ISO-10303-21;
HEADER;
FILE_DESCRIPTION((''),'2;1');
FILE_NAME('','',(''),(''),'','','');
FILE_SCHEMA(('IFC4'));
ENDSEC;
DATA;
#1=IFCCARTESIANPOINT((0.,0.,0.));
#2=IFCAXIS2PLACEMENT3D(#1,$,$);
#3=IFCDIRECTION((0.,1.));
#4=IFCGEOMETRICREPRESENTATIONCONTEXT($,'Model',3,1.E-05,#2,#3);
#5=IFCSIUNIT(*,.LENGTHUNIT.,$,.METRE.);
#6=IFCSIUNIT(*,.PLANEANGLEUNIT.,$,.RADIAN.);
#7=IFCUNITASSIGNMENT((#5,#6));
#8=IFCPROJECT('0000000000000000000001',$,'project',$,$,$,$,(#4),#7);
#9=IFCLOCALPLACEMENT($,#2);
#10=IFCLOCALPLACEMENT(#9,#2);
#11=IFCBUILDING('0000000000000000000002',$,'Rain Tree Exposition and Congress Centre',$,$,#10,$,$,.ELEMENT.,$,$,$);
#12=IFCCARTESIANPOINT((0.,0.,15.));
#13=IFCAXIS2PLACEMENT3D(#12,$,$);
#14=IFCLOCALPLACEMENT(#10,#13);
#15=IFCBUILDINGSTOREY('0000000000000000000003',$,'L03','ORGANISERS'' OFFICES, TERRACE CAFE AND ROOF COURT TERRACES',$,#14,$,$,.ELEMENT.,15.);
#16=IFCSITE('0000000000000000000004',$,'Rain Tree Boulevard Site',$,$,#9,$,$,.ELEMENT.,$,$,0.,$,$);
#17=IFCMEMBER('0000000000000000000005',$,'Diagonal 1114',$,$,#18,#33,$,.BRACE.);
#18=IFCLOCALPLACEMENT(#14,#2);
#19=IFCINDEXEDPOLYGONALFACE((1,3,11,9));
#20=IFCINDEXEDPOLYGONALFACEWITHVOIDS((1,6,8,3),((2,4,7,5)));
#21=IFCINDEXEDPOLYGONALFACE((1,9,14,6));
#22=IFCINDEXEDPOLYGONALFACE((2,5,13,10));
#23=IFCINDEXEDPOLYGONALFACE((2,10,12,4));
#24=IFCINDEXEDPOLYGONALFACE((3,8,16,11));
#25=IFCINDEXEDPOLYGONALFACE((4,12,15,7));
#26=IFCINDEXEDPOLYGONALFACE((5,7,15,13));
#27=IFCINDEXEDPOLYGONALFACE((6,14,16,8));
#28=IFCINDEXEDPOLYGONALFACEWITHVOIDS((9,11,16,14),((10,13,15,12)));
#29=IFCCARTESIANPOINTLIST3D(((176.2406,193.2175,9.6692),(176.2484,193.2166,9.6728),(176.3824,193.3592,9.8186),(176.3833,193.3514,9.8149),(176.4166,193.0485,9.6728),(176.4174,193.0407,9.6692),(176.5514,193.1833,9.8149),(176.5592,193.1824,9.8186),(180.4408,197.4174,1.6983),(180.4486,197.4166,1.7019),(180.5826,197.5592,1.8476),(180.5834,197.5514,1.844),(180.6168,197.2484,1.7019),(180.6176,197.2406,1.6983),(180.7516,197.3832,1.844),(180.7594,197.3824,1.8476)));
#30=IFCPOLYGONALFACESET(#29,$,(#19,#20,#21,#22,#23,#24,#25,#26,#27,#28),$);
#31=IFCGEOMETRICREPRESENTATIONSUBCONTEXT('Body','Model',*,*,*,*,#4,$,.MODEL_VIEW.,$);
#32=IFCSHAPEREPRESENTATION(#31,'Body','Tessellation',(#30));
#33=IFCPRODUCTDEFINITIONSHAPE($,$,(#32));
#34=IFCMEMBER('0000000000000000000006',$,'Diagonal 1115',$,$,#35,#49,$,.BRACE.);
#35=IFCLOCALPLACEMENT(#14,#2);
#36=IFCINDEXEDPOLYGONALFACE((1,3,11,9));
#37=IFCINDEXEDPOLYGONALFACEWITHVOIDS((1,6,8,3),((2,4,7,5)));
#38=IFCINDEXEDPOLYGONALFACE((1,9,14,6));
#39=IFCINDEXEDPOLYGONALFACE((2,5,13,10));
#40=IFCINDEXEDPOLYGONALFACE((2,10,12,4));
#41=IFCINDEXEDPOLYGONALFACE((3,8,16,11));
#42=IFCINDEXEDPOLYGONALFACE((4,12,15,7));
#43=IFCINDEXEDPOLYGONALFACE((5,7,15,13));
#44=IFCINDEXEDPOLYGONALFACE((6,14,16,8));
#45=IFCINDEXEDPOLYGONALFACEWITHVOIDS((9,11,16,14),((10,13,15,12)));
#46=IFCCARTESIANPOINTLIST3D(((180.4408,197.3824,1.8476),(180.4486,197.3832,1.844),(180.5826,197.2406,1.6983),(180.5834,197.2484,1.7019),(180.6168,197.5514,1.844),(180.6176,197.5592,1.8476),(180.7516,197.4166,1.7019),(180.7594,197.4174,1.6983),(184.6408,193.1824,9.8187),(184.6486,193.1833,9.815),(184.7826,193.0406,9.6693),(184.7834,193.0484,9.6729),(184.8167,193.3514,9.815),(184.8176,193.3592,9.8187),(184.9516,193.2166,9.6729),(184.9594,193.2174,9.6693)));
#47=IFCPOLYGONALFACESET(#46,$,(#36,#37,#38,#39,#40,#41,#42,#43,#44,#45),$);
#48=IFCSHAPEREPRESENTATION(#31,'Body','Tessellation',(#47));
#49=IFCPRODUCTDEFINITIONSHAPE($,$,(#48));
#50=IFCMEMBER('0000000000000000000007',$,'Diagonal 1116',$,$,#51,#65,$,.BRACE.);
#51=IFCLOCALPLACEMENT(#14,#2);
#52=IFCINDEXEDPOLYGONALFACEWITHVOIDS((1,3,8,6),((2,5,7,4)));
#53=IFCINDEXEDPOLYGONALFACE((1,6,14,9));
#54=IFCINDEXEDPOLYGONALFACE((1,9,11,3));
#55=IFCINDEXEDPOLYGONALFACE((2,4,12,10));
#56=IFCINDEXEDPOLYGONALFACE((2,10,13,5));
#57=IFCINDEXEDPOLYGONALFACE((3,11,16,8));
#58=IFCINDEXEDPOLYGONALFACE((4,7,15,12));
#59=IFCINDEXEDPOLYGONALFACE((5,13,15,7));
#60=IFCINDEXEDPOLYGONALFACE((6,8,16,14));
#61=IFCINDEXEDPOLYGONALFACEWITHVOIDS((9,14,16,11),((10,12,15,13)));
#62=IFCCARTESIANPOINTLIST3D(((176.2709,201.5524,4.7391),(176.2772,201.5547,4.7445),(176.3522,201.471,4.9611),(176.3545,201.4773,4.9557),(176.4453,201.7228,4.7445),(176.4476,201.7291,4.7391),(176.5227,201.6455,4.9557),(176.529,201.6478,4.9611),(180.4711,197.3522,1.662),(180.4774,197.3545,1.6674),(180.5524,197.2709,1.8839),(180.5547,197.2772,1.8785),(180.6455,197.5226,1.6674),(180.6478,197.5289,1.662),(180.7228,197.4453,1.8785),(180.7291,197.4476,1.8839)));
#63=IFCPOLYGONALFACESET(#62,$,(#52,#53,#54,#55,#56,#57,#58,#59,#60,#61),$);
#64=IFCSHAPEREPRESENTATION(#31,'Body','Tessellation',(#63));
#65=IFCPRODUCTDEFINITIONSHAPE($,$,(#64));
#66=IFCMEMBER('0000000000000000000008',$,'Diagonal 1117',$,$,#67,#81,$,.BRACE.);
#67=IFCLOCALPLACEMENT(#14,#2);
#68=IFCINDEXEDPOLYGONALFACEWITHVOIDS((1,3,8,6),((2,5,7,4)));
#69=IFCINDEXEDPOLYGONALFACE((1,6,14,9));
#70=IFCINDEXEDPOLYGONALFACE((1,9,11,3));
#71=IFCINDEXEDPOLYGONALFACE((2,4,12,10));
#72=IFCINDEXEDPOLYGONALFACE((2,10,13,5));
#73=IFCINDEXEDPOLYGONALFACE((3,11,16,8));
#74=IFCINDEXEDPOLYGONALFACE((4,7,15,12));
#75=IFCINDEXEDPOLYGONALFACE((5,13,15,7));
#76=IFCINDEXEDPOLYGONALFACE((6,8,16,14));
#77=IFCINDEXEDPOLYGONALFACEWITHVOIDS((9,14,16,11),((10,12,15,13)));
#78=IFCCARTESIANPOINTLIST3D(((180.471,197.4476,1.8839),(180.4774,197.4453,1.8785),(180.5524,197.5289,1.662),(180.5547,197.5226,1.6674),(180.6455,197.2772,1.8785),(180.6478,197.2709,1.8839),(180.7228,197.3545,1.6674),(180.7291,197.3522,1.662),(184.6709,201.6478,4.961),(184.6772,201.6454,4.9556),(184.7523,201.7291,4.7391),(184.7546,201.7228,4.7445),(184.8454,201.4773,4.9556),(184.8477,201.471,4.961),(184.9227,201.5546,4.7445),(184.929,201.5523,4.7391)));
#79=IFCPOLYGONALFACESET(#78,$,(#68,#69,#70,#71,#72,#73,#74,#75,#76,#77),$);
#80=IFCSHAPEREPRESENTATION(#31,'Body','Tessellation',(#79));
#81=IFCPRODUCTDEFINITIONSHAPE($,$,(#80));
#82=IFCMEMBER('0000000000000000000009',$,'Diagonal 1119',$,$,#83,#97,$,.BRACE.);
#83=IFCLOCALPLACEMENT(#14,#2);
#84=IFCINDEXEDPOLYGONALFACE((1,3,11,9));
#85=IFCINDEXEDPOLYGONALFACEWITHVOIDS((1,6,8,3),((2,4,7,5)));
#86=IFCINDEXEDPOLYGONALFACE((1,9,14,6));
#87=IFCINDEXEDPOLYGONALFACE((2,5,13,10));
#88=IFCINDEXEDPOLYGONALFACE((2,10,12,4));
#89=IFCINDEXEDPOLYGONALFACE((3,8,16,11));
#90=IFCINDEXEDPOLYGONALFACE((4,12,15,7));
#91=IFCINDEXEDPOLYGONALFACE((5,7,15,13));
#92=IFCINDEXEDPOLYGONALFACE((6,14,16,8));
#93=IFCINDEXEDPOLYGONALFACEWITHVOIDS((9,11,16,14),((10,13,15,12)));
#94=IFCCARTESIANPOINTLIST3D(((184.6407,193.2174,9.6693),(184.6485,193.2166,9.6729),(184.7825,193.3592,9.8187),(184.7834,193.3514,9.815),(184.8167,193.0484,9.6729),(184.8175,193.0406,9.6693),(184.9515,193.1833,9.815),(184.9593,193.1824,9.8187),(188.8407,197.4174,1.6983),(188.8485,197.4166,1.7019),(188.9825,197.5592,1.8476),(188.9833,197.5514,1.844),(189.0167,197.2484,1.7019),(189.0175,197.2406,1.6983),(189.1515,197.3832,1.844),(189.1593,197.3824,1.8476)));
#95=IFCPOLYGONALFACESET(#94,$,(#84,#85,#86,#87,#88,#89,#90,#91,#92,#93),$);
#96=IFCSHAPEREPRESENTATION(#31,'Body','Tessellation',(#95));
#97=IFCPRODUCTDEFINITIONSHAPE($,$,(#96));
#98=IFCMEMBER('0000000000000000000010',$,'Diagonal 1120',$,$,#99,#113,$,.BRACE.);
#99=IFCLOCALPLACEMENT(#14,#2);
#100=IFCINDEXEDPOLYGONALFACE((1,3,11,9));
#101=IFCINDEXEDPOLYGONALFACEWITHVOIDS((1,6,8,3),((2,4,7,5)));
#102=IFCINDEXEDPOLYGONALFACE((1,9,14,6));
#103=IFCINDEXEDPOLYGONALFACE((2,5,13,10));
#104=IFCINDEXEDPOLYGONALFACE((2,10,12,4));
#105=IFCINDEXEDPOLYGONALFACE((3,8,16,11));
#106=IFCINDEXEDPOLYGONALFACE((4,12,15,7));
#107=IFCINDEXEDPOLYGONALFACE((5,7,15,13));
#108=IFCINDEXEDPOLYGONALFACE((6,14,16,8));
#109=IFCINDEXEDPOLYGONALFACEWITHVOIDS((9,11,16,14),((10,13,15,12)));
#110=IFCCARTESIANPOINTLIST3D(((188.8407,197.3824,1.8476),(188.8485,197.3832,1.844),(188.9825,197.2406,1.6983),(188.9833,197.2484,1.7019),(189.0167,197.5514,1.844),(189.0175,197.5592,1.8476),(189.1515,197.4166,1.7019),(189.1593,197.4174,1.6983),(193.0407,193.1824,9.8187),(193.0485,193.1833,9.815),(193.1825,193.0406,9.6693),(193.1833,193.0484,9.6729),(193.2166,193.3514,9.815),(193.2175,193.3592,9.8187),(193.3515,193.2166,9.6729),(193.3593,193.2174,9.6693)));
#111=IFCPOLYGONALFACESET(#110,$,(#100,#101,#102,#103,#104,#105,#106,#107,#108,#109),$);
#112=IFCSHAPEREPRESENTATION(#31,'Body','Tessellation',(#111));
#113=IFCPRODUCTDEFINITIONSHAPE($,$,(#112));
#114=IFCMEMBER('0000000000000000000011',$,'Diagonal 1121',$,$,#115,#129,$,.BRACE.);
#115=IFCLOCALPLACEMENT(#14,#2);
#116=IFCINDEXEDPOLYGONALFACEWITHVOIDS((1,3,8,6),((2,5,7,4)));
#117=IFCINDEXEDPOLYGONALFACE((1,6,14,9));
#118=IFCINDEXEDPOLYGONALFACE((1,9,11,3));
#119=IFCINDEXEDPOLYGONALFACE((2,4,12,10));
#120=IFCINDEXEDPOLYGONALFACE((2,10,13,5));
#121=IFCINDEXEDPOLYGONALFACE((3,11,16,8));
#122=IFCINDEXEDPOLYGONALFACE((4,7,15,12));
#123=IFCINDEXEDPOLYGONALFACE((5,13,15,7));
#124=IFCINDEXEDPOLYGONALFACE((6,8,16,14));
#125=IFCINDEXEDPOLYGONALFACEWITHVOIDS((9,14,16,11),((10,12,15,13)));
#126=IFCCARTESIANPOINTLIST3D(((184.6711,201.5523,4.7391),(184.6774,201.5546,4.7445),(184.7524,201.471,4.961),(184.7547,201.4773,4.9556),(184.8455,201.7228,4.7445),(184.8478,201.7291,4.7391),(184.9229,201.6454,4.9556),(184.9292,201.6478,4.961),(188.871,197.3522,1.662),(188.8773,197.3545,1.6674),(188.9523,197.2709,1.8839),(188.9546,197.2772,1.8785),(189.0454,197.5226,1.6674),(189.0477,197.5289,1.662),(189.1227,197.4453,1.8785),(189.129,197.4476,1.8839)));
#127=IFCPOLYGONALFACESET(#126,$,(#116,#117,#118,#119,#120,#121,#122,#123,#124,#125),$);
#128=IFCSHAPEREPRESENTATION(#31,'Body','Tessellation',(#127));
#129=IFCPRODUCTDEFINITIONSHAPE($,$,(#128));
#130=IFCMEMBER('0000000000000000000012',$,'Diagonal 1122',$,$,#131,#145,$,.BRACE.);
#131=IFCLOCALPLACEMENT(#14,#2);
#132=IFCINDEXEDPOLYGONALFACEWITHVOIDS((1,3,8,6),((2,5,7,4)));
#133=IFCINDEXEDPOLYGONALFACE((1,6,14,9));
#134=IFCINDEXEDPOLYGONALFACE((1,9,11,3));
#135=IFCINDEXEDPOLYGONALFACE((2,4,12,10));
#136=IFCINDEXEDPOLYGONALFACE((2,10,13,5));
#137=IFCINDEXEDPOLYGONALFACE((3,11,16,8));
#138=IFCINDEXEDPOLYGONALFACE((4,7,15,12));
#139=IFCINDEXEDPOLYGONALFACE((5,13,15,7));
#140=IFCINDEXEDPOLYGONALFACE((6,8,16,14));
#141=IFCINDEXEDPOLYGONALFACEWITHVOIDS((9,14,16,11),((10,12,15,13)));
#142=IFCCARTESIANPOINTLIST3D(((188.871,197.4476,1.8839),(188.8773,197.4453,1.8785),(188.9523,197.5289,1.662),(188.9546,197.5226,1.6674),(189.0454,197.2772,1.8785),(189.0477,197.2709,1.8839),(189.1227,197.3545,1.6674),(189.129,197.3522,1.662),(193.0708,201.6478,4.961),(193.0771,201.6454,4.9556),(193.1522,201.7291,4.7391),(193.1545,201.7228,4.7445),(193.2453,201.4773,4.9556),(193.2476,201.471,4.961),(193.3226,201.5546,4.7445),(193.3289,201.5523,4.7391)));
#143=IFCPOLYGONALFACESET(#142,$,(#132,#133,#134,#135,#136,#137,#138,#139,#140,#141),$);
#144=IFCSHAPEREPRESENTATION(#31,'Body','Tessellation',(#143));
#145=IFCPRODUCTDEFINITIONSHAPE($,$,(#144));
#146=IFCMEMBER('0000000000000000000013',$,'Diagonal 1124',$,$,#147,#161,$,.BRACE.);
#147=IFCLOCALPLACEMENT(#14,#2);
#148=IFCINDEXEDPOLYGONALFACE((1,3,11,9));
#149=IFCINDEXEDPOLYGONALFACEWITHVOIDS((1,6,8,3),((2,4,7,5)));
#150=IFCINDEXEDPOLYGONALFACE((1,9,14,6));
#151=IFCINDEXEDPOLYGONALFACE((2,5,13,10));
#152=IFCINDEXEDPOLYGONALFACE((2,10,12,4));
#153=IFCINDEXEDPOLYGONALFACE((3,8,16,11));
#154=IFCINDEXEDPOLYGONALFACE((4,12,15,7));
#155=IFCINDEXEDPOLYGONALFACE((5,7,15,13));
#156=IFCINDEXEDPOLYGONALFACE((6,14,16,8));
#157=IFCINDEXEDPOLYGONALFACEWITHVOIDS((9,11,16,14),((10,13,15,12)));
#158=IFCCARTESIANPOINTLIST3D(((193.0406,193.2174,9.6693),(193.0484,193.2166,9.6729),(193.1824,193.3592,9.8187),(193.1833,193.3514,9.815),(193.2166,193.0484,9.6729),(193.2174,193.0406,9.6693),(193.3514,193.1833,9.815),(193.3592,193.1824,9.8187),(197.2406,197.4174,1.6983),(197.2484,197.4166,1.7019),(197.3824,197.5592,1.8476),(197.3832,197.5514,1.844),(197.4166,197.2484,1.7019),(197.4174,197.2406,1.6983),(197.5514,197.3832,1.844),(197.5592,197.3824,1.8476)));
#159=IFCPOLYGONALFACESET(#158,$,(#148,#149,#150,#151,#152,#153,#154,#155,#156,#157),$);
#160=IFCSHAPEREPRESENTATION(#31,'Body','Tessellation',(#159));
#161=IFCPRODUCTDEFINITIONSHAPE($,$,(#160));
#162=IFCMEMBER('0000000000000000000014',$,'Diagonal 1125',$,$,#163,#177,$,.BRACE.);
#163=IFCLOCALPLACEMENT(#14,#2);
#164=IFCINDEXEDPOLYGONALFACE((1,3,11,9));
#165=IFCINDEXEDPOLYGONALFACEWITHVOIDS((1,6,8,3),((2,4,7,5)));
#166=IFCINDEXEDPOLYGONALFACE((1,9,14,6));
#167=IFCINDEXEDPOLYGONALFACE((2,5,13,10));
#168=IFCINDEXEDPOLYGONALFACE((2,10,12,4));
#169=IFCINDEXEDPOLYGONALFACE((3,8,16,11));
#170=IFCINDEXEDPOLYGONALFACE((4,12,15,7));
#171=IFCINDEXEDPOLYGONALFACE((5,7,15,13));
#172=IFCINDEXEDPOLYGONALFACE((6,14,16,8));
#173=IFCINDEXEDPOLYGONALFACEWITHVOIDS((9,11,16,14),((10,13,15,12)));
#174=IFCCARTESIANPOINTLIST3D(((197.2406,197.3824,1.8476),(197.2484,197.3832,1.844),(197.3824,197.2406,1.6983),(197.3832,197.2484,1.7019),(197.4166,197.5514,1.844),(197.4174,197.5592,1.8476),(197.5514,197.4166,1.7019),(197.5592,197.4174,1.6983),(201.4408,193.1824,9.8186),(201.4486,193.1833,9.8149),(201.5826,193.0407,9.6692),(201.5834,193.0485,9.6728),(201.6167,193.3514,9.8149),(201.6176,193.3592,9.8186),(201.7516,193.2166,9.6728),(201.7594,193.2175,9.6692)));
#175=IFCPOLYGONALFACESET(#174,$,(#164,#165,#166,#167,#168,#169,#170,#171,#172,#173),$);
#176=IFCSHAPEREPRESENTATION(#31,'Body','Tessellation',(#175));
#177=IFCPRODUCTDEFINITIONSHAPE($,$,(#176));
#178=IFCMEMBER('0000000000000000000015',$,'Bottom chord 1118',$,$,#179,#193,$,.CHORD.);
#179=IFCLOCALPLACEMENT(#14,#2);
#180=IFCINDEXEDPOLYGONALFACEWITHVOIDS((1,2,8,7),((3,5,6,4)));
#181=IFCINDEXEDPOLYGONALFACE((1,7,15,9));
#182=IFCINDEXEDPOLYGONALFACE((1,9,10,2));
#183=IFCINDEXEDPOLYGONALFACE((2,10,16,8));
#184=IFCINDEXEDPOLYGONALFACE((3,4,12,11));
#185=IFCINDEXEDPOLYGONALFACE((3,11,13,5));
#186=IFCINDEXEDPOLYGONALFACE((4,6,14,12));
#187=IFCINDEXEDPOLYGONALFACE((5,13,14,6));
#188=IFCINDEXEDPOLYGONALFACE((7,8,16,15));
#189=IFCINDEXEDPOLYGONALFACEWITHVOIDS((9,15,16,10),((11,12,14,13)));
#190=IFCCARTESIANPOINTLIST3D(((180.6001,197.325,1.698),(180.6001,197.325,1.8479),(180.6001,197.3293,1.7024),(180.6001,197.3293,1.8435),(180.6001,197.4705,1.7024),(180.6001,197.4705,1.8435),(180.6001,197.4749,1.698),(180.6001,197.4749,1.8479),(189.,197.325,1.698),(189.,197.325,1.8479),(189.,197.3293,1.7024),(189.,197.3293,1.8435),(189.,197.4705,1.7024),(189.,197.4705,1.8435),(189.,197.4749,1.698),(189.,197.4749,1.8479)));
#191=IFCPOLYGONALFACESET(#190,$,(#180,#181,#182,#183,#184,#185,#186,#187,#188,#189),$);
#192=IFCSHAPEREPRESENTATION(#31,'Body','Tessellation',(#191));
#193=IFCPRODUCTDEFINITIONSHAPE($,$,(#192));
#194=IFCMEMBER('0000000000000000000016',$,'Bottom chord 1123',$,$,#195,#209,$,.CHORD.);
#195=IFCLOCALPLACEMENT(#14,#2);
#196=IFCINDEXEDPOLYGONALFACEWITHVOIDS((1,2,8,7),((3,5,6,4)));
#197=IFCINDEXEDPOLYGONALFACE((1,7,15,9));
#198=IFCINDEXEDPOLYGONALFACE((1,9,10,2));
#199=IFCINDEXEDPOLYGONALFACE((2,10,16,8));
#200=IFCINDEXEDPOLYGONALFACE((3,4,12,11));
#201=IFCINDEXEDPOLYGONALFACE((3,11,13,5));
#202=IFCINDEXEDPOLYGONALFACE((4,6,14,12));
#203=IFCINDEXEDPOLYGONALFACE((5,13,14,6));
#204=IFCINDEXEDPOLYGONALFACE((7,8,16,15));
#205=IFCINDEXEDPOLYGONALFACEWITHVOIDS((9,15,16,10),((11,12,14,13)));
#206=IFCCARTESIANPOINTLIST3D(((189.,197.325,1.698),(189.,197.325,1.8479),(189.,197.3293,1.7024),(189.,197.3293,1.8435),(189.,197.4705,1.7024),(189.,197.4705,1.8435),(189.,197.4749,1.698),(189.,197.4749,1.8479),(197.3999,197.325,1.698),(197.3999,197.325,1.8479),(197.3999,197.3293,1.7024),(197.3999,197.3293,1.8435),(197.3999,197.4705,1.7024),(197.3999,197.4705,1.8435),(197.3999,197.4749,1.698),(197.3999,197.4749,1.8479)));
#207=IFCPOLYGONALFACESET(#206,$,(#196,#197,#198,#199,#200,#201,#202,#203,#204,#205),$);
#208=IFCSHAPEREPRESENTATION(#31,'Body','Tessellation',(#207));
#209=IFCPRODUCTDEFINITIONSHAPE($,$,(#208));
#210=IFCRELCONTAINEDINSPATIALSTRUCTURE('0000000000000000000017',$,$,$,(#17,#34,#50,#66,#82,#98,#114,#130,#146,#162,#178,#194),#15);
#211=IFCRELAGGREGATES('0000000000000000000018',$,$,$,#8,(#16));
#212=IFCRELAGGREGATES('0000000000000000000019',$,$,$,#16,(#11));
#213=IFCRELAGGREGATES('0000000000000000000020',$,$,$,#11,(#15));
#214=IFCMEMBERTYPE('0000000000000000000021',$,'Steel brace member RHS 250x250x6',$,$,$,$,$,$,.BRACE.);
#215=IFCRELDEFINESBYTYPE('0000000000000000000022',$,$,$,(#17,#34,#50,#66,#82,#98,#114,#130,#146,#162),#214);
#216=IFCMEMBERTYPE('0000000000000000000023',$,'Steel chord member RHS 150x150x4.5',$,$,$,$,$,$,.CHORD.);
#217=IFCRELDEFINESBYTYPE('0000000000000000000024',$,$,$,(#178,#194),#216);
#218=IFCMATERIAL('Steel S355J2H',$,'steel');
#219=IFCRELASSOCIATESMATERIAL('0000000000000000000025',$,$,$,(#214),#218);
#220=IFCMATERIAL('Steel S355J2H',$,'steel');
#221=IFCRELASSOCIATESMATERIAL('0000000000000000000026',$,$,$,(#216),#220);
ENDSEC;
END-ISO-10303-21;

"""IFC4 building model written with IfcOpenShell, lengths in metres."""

from ifc_helpers import new_model, si_unit, direction, frame, origin, origin_2d, place, context, subcontext, project, spatial, hollow_rectangle, extrude, material, material_profile, profile_set, type_object, element, save


model = new_model("IFC4")

# Units and contexts
model_context = context("Model", 3, precision=1e-05, world=origin(), true_north=direction((0.0, 1.0)))
body_context = subcontext(model_context, "Body", "Model", "MODEL_VIEW")
ifc_project = project(units=[si_unit("LENGTHUNIT", "METRE"), si_unit("PLANEANGLEUNIT", "RADIAN")], contexts=[model_context])

# Site, building, storey
site_placement = place(None, origin())
site = spatial("IfcSite", under=ifc_project, at=site_placement, Name="Rain Tree Boulevard Site", CompositionType="ELEMENT", RefElevation=0.0)
building_placement = place(site_placement, origin())
building = spatial("IfcBuilding", under=site, at=building_placement, Name="Rain Tree Exposition and Congress Centre", CompositionType="ELEMENT")
storey_placement = place(building_placement, frame((0.0, 0.0, 15.0)))
storey = spatial("IfcBuildingStorey", under=building, at=storey_placement, Name="L03", Description="ORGANISERS' OFFICES, TERRACE CAFE AND ROOF COURT TERRACES", CompositionType="ELEMENT", Elevation=15.0)

# Members
ifc_material_1 = material(Name="Steel S355J2H", Category="steel")
ifc_material_profile_1 = material_profile(ifc_material_1, hollow_rectangle(XDim=0.25, YDim=0.25, WallThickness=0.0061, at=origin_2d()), Name="RHS 250x250x6")
ifc_profile_set_1 = profile_set([ifc_material_profile_1], Name="Steel S355J2H")
member_type_1 = type_object("IfcMemberType", Name="Steel brace member RHS 250x250x6", PredefinedType="BRACE", material=ifc_profile_set_1)
for number, where, z_axis, x_axis, name in (
    (1, (180.6001, 197.3999, 1.7729), (-0.422526, -0.422501, 0.801851), (0.707086, -0.707127, 0.0), "Diagonal 1114"),
    (2, (180.6001, 197.3999, 1.7729), (0.422506, -0.422506, 0.801859), (0.707107, 0.707107, 0.0), "Diagonal 1115"),
):
    element("IfcMember", number, at=place(storey_placement, frame(where, z_axis=z_axis, x_axis=x_axis)), inside=storey, type_object=member_type_1, Name=name, PredefinedType="BRACE", context=body_context, shape_type="SweptSolid", body=[
        extrude(hollow_rectangle(XDim=0.25, YDim=0.25, WallThickness=0.0061, at=origin_2d()), origin(), (0.0, 0.0, 1.0), 9.9407),
    ])
member_1_placement = place(storey_placement, frame((180.6001, 197.3999, 1.7729), z_axis=(-0.62786, 0.62786, 0.459983), x_axis=(-0.707107, -0.707107, 0.0)))
element("IfcMember", 3, at=member_1_placement, inside=storey, type_object=member_type_1, Name="Diagonal 1116", PredefinedType="BRACE", context=body_context, shape_type="SweptSolid", body=[
    extrude(hollow_rectangle(XDim=0.25, YDim=0.25, WallThickness=0.0061, at=origin_2d()), origin(), (0.0, 0.0, 1.0), 6.6897),
])
member_2_placement = place(storey_placement, frame((180.6001, 197.3999, 1.7729), z_axis=(0.627838, 0.627874, 0.459993), x_axis=(-0.707127, 0.707086, 0.0)))
element("IfcMember", 4, at=member_2_placement, inside=storey, type_object=member_type_1, Name="Diagonal 1117", PredefinedType="BRACE", context=body_context, shape_type="SweptSolid", body=[
    extrude(hollow_rectangle(XDim=0.25, YDim=0.25, WallThickness=0.0061, at=origin_2d()), origin(), (0.0, 0.0, 1.0), 6.6895),
])
for number, where, z_axis, x_axis, name in (
    (5, (189.0, 197.3999, 1.7729), (-0.422506, -0.422506, 0.801859), (0.707107, -0.707107, 0.0), "Diagonal 1119"),
    (6, (189.0, 197.3999, 1.7729), (0.422506, -0.422506, 0.801859), (0.707107, 0.707107, 0.0), "Diagonal 1120"),
):
    element("IfcMember", number, at=place(storey_placement, frame(where, z_axis=z_axis, x_axis=x_axis)), inside=storey, type_object=member_type_1, Name=name, PredefinedType="BRACE", context=body_context, shape_type="SweptSolid", body=[
        extrude(hollow_rectangle(XDim=0.25, YDim=0.25, WallThickness=0.0061, at=origin_2d()), origin(), (0.0, 0.0, 1.0), 9.9407),
    ])
for number, where, z_axis, x_axis, name in (
    (7, (189.0, 197.3999, 1.7729), (-0.627838, 0.627874, 0.459993), (-0.707127, -0.707086, 0.0), "Diagonal 1121"),
    (8, (189.0, 197.3999, 1.7729), (0.627838, 0.627874, 0.459993), (-0.707127, 0.707086, 0.0), "Diagonal 1122"),
):
    element("IfcMember", number, at=place(storey_placement, frame(where, z_axis=z_axis, x_axis=x_axis)), inside=storey, type_object=member_type_1, Name=name, PredefinedType="BRACE", context=body_context, shape_type="SweptSolid", body=[
        extrude(hollow_rectangle(XDim=0.25, YDim=0.25, WallThickness=0.0061, at=origin_2d()), origin(), (0.0, 0.0, 1.0), 6.6895),
    ])
for number, where, z_axis, x_axis, name in (
    (9, (197.3999, 197.3999, 1.7729), (-0.422506, -0.422506, 0.801859), (0.707107, -0.707107, 0.0), "Diagonal 1124"),
    (10, (197.3999, 197.3999, 1.7729), (0.422526, -0.422501, 0.801851), (0.707086, 0.707127, 0.0), "Diagonal 1125"),
):
    element("IfcMember", number, at=place(storey_placement, frame(where, z_axis=z_axis, x_axis=x_axis)), inside=storey, type_object=member_type_1, Name=name, PredefinedType="BRACE", context=body_context, shape_type="SweptSolid", body=[
        extrude(hollow_rectangle(XDim=0.25, YDim=0.25, WallThickness=0.0061, at=origin_2d()), origin(), (0.0, 0.0, 1.0), 9.9407),
    ])
ifc_material_2 = material(Name="Steel S355J2H", Category="steel")
ifc_material_profile_2 = material_profile(ifc_material_2, hollow_rectangle(XDim=0.1499, YDim=0.1499, WallThickness=0.0044, at=origin_2d()), Name="RHS 150x150x4.5")
ifc_profile_set_2 = profile_set([ifc_material_profile_2], Name="Steel S355J2H")
member_type_2 = type_object("IfcMemberType", Name="Steel chord member RHS 150x150x4.5", PredefinedType="CHORD", material=ifc_profile_set_2)
for number, where, z_axis, x_axis, name in (
    (11, (180.6001, 197.3999, 1.7729), (1.0, 0.0, 0.0), (0.0, 1.0, 0.0), "Bottom chord 1118"),
    (12, (189.0, 197.3999, 1.7729), (1.0, 0.0, 0.0), (0.0, 1.0, 0.0), "Bottom chord 1123"),
):
    element("IfcMember", number, at=place(storey_placement, frame(where, z_axis=z_axis, x_axis=x_axis)), inside=storey, type_object=member_type_2, Name=name, PredefinedType="CHORD", context=body_context, shape_type="SweptSolid", body=[
        extrude(hollow_rectangle(XDim=0.1499, YDim=0.1499, WallThickness=0.0044, at=origin_2d()), origin(), (0.0, 0.0, 1.0), 8.3999),
    ])

save(model, "model.ifc")
